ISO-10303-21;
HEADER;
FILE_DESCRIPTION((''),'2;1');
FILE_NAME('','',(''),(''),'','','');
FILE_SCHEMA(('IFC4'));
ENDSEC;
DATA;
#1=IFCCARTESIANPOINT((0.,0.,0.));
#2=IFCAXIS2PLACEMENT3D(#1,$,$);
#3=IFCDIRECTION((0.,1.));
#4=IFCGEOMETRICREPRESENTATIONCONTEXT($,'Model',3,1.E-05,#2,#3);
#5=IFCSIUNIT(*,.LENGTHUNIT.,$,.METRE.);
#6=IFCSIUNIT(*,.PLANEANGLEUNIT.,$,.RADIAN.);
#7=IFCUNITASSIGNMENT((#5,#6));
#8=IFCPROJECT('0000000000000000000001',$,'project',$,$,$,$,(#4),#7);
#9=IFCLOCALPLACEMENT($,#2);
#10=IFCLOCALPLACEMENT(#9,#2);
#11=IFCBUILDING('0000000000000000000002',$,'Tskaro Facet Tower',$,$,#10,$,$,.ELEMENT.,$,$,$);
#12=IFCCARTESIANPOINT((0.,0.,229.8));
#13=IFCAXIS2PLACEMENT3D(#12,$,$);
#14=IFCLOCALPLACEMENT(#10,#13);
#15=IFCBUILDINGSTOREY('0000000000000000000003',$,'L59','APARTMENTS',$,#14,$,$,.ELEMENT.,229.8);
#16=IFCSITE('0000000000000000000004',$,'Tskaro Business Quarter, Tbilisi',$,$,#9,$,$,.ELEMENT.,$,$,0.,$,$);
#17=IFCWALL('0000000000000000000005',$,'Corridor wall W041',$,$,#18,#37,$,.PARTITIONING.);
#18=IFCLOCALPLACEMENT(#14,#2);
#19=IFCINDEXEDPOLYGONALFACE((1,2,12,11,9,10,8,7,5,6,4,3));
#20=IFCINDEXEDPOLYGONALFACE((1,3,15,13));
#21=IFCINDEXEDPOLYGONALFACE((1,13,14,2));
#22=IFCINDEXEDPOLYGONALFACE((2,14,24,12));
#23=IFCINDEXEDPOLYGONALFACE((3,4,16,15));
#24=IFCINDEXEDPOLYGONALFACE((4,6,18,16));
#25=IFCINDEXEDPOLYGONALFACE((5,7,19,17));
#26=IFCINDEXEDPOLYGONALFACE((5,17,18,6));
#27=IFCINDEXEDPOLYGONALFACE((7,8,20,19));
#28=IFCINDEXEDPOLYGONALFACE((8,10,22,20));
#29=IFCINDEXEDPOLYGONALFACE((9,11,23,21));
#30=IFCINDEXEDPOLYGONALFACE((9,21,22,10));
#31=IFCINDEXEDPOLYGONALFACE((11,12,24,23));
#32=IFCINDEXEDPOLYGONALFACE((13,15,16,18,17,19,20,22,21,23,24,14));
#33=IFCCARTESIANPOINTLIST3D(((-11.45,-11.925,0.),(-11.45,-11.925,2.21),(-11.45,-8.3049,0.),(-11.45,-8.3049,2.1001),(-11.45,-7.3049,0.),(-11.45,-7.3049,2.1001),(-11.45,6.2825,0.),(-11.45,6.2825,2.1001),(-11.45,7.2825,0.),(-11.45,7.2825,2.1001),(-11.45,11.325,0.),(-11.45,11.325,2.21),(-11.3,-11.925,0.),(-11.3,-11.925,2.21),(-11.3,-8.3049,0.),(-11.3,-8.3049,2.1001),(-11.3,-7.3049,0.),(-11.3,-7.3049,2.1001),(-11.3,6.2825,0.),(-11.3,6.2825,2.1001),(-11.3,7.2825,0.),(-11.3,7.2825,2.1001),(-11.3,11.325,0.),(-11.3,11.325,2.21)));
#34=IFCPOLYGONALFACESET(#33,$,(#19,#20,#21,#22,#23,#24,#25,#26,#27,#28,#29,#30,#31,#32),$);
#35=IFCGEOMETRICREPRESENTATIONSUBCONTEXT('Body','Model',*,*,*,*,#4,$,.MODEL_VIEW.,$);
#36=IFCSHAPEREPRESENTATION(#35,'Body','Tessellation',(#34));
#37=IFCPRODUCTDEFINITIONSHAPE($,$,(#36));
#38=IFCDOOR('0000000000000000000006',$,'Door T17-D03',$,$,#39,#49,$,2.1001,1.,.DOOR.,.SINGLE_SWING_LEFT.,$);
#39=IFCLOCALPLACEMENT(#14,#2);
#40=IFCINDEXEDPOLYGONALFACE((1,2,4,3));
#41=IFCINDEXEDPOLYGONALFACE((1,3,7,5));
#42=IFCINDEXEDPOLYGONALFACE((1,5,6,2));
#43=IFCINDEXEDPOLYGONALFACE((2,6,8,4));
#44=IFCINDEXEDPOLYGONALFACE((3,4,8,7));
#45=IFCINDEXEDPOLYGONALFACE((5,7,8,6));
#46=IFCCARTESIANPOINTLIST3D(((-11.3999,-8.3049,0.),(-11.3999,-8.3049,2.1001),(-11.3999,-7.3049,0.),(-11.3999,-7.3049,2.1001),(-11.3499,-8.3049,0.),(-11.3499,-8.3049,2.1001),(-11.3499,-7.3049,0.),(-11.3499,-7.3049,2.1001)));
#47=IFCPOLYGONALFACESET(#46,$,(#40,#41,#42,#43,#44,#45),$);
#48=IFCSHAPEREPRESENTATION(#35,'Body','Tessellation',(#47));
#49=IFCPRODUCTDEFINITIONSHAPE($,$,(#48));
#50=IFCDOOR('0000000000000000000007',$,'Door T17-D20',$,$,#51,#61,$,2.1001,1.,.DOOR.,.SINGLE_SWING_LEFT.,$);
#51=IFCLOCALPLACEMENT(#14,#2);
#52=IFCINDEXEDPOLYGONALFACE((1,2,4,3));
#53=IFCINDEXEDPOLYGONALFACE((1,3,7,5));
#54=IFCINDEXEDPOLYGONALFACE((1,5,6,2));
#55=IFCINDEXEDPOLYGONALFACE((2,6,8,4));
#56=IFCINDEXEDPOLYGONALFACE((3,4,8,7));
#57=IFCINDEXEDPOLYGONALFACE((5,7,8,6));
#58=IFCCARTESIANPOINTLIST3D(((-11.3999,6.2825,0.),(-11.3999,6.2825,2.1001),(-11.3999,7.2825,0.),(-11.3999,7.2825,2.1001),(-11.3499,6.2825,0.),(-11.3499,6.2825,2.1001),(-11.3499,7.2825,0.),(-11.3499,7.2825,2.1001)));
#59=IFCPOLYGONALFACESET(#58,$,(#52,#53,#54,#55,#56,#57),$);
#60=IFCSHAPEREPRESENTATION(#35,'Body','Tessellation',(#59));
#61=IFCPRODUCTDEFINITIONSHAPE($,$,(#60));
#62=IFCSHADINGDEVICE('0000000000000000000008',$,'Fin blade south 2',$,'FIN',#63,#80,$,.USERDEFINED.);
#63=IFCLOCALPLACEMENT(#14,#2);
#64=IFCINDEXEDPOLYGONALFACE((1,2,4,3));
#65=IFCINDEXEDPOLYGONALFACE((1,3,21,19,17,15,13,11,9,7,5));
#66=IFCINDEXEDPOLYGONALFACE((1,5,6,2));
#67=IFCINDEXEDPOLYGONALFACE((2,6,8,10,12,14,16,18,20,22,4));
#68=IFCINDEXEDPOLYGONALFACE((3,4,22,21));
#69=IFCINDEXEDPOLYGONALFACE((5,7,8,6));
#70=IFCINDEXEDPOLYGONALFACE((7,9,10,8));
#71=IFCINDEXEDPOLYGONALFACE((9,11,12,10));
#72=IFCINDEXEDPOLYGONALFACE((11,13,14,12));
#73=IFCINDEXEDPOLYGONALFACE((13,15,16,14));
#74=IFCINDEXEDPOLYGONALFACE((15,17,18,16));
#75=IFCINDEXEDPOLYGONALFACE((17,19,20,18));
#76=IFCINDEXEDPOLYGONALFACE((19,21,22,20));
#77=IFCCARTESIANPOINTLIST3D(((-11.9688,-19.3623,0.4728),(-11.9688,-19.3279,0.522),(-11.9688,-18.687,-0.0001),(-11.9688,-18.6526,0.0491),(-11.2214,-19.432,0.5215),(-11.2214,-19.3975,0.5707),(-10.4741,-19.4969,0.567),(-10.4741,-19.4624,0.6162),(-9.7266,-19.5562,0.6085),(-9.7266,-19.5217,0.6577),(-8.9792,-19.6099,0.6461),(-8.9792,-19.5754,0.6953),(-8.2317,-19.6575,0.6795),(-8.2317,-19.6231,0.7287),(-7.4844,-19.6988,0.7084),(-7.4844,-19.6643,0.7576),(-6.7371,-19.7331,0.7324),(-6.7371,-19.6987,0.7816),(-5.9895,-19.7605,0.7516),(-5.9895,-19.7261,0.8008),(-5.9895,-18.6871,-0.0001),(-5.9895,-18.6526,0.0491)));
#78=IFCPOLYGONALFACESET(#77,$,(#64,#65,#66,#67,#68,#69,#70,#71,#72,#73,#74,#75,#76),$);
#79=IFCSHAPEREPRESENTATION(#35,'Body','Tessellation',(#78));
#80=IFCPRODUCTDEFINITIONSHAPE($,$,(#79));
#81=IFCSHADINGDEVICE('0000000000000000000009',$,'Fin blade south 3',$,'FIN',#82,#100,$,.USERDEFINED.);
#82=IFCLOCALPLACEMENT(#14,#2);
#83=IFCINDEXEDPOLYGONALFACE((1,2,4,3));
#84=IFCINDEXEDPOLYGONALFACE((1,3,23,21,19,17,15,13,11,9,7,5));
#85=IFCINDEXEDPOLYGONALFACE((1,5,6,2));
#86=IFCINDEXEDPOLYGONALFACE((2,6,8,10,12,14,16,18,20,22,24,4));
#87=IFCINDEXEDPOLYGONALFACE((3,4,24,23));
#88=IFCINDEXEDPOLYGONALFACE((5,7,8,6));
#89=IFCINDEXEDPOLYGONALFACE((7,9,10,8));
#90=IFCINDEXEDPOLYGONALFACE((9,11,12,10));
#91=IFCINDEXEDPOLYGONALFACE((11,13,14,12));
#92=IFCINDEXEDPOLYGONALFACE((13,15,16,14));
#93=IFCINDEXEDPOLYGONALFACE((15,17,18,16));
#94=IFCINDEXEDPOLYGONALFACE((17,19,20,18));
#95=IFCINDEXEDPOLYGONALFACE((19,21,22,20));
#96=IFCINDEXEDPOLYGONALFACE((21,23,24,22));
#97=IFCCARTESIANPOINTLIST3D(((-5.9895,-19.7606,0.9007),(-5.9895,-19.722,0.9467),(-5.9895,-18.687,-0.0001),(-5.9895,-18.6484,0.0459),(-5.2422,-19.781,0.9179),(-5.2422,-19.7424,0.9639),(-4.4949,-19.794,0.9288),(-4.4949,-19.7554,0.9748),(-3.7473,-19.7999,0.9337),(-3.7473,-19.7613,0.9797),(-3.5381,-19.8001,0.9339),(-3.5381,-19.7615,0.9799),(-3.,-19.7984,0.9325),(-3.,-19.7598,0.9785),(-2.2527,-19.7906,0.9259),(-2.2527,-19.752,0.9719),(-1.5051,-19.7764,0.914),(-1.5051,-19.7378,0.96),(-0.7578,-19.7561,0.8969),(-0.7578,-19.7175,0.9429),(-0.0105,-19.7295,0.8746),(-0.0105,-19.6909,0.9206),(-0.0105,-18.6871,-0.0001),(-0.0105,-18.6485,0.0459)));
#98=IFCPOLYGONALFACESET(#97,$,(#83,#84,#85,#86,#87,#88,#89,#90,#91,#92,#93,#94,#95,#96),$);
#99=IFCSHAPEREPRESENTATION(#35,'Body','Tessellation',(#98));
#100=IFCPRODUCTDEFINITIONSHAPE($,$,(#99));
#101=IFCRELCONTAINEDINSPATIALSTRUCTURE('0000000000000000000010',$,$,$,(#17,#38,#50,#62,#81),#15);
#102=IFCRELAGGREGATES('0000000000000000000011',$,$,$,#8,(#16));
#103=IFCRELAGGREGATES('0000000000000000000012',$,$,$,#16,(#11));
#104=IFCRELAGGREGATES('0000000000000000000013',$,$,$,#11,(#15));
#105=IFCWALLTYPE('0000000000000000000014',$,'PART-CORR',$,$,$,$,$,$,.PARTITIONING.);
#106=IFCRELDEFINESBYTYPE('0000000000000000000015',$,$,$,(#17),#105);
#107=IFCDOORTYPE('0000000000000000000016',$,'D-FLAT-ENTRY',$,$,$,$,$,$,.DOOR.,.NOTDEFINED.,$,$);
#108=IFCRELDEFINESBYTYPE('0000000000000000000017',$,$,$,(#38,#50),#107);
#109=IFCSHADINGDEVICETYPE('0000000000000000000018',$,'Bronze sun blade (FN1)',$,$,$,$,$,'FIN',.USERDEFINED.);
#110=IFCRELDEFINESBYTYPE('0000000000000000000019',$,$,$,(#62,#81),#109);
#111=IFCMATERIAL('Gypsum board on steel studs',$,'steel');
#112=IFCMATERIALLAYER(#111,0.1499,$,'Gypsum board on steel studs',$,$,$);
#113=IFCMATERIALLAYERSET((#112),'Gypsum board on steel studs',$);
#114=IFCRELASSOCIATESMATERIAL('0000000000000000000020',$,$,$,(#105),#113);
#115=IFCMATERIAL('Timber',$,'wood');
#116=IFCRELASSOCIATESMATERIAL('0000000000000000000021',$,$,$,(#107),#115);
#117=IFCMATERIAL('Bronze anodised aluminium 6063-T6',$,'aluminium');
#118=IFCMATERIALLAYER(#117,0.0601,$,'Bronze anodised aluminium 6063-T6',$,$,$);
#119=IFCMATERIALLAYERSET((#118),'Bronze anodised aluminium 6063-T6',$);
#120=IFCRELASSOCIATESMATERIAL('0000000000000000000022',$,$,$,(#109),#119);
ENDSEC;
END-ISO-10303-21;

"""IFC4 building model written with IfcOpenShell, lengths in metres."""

from ifc_helpers import new_model, si_unit, direction, frame, frame_2d, origin, place, context, subcontext, project, spatial, polyline, rectangle, outline, extrude, material, layer, layer_set, type_object, element, fill, save


model = new_model("IFC4")

# Units and contexts
model_context = context("Model", 3, precision=1e-05, world=origin(), true_north=direction((0.0, 1.0)))
body_context = subcontext(model_context, "Body", "Model", "MODEL_VIEW")
ifc_project = project(units=[si_unit("LENGTHUNIT", "METRE"), si_unit("PLANEANGLEUNIT", "RADIAN")], contexts=[model_context])

# Site, building, storey
site_placement = place(None, origin())
site = spatial("IfcSite", under=ifc_project, at=site_placement, Name="Tskaro Business Quarter, Tbilisi", CompositionType="ELEMENT", RefElevation=0.0)
building_placement = place(site_placement, origin())
building = spatial("IfcBuilding", under=site, at=building_placement, Name="Tskaro Facet Tower", CompositionType="ELEMENT")
storey_placement = place(building_placement, frame((0.0, 0.0, 229.8)))
storey = spatial("IfcBuildingStorey", under=building, at=storey_placement, Name="L59", Description="APARTMENTS", CompositionType="ELEMENT", Elevation=229.8)

# Shared definitions
ifc_material_1 = material(Name="Bronze anodised aluminium 6063-T6", Category="aluminium")

# Shared definitions
ifc_material_2 = material(Name="Gypsum board on steel studs", Category="steel")
ifc_material_3 = material(Name="Timber", Category="wood")

# Shared definitions
ifc_layer_1 = layer(ifc_material_2, 0.1499, Name="Gypsum board on steel studs")
ifc_layer_set_1 = layer_set([ifc_layer_1], Name="Gypsum board on steel studs")
wall_type_1 = type_object("IfcWallType", Name="PART-CORR", PredefinedType="PARTITIONING", material=ifc_layer_set_1)

# Wall, openings, doors
wall_1_placement = place(storey_placement, frame((-11.375, -11.925, 0.0), z_axis=(0.0, 0.0, 1.0), x_axis=(0.0, 1.0, 0.0)))
wall_1 = element("IfcWall", 1, at=wall_1_placement, inside=storey, type_object=wall_type_1, Name="Corridor wall W041", PredefinedType="PARTITIONING", context=body_context, shape_type="SweptSolid", body=[
    extrude(rectangle(XDim=23.25, YDim=0.1499, at=frame_2d((11.625, 0.0))), origin(), (0.0, 0.0, 1.0), 2.21),
])
opening_1_placement = place(wall_1_placement, frame((3.6201, 0.0, 0.0)))
opening_1 = element("IfcOpeningElement", 2, at=opening_1_placement, cuts=wall_1, PredefinedType="OPENING", context=body_context, shape_type="SweptSolid", body=[
    extrude(rectangle(XDim=1.0, YDim=2.1001, at=frame_2d((0.5, 1.05))), frame((0.0, 0.085, 0.0), z_axis=(0.0, -1.0, 0.0), x_axis=(1.0, 0.0, 0.0)), (0.0, 0.0, 1.0), 0.1699),
])
opening_2_placement = place(wall_1_placement, frame((18.2075, 0.0, 0.0)))
opening_2 = element("IfcOpeningElement", 3, at=opening_2_placement, cuts=wall_1, PredefinedType="OPENING", context=body_context, shape_type="SweptSolid", body=[
    extrude(rectangle(XDim=1.0, YDim=2.1001, at=frame_2d((0.5, 1.05))), frame((0.0, 0.085, 0.0), z_axis=(0.0, -1.0, 0.0), x_axis=(1.0, 0.0, 0.0)), (0.0, 0.0, 1.0), 0.1699),
])
door_type_1 = type_object("IfcDoorType", Name="D-FLAT-ENTRY", OperationType="NOTDEFINED", PredefinedType="DOOR", material=ifc_material_3)
door_1_placement = place(opening_1_placement, origin())
door_1 = element("IfcDoor", 4, at=door_1_placement, inside=storey, type_object=door_type_1, Name="Door T17-D03", OperationType="SINGLE_SWING_LEFT", OverallHeight=2.1001, OverallWidth=1.0, PredefinedType="DOOR", context=body_context, shape_type="SweptSolid", body=[
    extrude(rectangle(XDim=1.0, YDim=2.1001, at=frame_2d((0.5, 1.05))), frame((0.0, 0.0249, 0.0), z_axis=(0.0, -1.0, 0.0), x_axis=(1.0, 0.0, 0.0)), (0.0, 0.0, 1.0), 0.05),
])
fill(opening_1, door_1)
door_2_placement = place(opening_2_placement, origin())
door_2 = element("IfcDoor", 5, at=door_2_placement, inside=storey, type_object=door_type_1, Name="Door T17-D20", OperationType="SINGLE_SWING_LEFT", OverallHeight=2.1001, OverallWidth=1.0, PredefinedType="DOOR", context=body_context, shape_type="SweptSolid", body=[
    extrude(rectangle(XDim=1.0, YDim=2.1001, at=frame_2d((0.5, 1.05))), frame((0.0, 0.0249, 0.0), z_axis=(0.0, -1.0, 0.0), x_axis=(1.0, 0.0, 0.0)), (0.0, 0.0, 1.0), 0.05),
])
fill(opening_2, door_2)

# Shading devices
ifc_layer_2 = layer(ifc_material_1, 0.0601, Name="Bronze anodised aluminium 6063-T6")
ifc_layer_set_2 = layer_set([ifc_layer_2], Name="Bronze anodised aluminium 6063-T6")
shading_device_type = type_object("IfcShadingDeviceType", Name="Bronze sun blade (FN1)", ElementType="FIN", PredefinedType="USERDEFINED", material=ifc_layer_set_2)
shading_device_1_placement = place(storey_placement, frame((-11.9688, -18.6526, 0.0491), z_axis=(0.000004, 0.573621, 0.819121), x_axis=(1.0, -0.000002, -0.000003)))
element("IfcShadingDevice", 6, at=shading_device_1_placement, inside=storey, type_object=shading_device_type, Name="Fin blade south 2", ObjectType="FIN", PredefinedType="USERDEFINED", context=body_context, shape_type="SweptSolid", body=[
    extrude(outline(polyline([(0.0, 0.0), (5.9792, 0.0), (5.9792, -1.3105), (5.2317, -1.277), (4.4844, -1.2351), (3.7371, -1.1848), (2.9895, -1.1266), (2.2422, -1.0611), (1.4946, -0.9887), (0.7473, -0.9094), (0.0, -0.8244), (0.0, 0.0)])), origin(), (0.0, 0.0, -1.0), 0.0601),
])
shading_device_2_placement = place(storey_placement, frame((-5.9895, -18.6484, 0.0459), z_axis=(0.000007, 0.642806, 0.766029), x_axis=(1.0, -0.000005, -0.000005)))
element("IfcShadingDevice", 7, at=shading_device_2_placement, inside=storey, type_object=shading_device_type, Name="Fin blade south 3", ObjectType="FIN", PredefinedType="USERDEFINED", context=body_context, shape_type="SweptSolid", body=[
    extrude(outline(polyline([(0.0, 0.0), (5.979, 0.0), (5.979, -1.3609), (5.2317, -1.3955), (4.4844, -1.422), (3.7368, -1.4406), (2.9895, -1.4508), (2.4514, -1.4531), (2.2422, -1.4527), (1.4946, -1.4451), (0.7473, -1.4281), (0.0, -1.4014), (0.0, 0.0)])), origin(), (0.0, 0.0, -1.0), 0.0601),
])

save(model, "model.ifc")
